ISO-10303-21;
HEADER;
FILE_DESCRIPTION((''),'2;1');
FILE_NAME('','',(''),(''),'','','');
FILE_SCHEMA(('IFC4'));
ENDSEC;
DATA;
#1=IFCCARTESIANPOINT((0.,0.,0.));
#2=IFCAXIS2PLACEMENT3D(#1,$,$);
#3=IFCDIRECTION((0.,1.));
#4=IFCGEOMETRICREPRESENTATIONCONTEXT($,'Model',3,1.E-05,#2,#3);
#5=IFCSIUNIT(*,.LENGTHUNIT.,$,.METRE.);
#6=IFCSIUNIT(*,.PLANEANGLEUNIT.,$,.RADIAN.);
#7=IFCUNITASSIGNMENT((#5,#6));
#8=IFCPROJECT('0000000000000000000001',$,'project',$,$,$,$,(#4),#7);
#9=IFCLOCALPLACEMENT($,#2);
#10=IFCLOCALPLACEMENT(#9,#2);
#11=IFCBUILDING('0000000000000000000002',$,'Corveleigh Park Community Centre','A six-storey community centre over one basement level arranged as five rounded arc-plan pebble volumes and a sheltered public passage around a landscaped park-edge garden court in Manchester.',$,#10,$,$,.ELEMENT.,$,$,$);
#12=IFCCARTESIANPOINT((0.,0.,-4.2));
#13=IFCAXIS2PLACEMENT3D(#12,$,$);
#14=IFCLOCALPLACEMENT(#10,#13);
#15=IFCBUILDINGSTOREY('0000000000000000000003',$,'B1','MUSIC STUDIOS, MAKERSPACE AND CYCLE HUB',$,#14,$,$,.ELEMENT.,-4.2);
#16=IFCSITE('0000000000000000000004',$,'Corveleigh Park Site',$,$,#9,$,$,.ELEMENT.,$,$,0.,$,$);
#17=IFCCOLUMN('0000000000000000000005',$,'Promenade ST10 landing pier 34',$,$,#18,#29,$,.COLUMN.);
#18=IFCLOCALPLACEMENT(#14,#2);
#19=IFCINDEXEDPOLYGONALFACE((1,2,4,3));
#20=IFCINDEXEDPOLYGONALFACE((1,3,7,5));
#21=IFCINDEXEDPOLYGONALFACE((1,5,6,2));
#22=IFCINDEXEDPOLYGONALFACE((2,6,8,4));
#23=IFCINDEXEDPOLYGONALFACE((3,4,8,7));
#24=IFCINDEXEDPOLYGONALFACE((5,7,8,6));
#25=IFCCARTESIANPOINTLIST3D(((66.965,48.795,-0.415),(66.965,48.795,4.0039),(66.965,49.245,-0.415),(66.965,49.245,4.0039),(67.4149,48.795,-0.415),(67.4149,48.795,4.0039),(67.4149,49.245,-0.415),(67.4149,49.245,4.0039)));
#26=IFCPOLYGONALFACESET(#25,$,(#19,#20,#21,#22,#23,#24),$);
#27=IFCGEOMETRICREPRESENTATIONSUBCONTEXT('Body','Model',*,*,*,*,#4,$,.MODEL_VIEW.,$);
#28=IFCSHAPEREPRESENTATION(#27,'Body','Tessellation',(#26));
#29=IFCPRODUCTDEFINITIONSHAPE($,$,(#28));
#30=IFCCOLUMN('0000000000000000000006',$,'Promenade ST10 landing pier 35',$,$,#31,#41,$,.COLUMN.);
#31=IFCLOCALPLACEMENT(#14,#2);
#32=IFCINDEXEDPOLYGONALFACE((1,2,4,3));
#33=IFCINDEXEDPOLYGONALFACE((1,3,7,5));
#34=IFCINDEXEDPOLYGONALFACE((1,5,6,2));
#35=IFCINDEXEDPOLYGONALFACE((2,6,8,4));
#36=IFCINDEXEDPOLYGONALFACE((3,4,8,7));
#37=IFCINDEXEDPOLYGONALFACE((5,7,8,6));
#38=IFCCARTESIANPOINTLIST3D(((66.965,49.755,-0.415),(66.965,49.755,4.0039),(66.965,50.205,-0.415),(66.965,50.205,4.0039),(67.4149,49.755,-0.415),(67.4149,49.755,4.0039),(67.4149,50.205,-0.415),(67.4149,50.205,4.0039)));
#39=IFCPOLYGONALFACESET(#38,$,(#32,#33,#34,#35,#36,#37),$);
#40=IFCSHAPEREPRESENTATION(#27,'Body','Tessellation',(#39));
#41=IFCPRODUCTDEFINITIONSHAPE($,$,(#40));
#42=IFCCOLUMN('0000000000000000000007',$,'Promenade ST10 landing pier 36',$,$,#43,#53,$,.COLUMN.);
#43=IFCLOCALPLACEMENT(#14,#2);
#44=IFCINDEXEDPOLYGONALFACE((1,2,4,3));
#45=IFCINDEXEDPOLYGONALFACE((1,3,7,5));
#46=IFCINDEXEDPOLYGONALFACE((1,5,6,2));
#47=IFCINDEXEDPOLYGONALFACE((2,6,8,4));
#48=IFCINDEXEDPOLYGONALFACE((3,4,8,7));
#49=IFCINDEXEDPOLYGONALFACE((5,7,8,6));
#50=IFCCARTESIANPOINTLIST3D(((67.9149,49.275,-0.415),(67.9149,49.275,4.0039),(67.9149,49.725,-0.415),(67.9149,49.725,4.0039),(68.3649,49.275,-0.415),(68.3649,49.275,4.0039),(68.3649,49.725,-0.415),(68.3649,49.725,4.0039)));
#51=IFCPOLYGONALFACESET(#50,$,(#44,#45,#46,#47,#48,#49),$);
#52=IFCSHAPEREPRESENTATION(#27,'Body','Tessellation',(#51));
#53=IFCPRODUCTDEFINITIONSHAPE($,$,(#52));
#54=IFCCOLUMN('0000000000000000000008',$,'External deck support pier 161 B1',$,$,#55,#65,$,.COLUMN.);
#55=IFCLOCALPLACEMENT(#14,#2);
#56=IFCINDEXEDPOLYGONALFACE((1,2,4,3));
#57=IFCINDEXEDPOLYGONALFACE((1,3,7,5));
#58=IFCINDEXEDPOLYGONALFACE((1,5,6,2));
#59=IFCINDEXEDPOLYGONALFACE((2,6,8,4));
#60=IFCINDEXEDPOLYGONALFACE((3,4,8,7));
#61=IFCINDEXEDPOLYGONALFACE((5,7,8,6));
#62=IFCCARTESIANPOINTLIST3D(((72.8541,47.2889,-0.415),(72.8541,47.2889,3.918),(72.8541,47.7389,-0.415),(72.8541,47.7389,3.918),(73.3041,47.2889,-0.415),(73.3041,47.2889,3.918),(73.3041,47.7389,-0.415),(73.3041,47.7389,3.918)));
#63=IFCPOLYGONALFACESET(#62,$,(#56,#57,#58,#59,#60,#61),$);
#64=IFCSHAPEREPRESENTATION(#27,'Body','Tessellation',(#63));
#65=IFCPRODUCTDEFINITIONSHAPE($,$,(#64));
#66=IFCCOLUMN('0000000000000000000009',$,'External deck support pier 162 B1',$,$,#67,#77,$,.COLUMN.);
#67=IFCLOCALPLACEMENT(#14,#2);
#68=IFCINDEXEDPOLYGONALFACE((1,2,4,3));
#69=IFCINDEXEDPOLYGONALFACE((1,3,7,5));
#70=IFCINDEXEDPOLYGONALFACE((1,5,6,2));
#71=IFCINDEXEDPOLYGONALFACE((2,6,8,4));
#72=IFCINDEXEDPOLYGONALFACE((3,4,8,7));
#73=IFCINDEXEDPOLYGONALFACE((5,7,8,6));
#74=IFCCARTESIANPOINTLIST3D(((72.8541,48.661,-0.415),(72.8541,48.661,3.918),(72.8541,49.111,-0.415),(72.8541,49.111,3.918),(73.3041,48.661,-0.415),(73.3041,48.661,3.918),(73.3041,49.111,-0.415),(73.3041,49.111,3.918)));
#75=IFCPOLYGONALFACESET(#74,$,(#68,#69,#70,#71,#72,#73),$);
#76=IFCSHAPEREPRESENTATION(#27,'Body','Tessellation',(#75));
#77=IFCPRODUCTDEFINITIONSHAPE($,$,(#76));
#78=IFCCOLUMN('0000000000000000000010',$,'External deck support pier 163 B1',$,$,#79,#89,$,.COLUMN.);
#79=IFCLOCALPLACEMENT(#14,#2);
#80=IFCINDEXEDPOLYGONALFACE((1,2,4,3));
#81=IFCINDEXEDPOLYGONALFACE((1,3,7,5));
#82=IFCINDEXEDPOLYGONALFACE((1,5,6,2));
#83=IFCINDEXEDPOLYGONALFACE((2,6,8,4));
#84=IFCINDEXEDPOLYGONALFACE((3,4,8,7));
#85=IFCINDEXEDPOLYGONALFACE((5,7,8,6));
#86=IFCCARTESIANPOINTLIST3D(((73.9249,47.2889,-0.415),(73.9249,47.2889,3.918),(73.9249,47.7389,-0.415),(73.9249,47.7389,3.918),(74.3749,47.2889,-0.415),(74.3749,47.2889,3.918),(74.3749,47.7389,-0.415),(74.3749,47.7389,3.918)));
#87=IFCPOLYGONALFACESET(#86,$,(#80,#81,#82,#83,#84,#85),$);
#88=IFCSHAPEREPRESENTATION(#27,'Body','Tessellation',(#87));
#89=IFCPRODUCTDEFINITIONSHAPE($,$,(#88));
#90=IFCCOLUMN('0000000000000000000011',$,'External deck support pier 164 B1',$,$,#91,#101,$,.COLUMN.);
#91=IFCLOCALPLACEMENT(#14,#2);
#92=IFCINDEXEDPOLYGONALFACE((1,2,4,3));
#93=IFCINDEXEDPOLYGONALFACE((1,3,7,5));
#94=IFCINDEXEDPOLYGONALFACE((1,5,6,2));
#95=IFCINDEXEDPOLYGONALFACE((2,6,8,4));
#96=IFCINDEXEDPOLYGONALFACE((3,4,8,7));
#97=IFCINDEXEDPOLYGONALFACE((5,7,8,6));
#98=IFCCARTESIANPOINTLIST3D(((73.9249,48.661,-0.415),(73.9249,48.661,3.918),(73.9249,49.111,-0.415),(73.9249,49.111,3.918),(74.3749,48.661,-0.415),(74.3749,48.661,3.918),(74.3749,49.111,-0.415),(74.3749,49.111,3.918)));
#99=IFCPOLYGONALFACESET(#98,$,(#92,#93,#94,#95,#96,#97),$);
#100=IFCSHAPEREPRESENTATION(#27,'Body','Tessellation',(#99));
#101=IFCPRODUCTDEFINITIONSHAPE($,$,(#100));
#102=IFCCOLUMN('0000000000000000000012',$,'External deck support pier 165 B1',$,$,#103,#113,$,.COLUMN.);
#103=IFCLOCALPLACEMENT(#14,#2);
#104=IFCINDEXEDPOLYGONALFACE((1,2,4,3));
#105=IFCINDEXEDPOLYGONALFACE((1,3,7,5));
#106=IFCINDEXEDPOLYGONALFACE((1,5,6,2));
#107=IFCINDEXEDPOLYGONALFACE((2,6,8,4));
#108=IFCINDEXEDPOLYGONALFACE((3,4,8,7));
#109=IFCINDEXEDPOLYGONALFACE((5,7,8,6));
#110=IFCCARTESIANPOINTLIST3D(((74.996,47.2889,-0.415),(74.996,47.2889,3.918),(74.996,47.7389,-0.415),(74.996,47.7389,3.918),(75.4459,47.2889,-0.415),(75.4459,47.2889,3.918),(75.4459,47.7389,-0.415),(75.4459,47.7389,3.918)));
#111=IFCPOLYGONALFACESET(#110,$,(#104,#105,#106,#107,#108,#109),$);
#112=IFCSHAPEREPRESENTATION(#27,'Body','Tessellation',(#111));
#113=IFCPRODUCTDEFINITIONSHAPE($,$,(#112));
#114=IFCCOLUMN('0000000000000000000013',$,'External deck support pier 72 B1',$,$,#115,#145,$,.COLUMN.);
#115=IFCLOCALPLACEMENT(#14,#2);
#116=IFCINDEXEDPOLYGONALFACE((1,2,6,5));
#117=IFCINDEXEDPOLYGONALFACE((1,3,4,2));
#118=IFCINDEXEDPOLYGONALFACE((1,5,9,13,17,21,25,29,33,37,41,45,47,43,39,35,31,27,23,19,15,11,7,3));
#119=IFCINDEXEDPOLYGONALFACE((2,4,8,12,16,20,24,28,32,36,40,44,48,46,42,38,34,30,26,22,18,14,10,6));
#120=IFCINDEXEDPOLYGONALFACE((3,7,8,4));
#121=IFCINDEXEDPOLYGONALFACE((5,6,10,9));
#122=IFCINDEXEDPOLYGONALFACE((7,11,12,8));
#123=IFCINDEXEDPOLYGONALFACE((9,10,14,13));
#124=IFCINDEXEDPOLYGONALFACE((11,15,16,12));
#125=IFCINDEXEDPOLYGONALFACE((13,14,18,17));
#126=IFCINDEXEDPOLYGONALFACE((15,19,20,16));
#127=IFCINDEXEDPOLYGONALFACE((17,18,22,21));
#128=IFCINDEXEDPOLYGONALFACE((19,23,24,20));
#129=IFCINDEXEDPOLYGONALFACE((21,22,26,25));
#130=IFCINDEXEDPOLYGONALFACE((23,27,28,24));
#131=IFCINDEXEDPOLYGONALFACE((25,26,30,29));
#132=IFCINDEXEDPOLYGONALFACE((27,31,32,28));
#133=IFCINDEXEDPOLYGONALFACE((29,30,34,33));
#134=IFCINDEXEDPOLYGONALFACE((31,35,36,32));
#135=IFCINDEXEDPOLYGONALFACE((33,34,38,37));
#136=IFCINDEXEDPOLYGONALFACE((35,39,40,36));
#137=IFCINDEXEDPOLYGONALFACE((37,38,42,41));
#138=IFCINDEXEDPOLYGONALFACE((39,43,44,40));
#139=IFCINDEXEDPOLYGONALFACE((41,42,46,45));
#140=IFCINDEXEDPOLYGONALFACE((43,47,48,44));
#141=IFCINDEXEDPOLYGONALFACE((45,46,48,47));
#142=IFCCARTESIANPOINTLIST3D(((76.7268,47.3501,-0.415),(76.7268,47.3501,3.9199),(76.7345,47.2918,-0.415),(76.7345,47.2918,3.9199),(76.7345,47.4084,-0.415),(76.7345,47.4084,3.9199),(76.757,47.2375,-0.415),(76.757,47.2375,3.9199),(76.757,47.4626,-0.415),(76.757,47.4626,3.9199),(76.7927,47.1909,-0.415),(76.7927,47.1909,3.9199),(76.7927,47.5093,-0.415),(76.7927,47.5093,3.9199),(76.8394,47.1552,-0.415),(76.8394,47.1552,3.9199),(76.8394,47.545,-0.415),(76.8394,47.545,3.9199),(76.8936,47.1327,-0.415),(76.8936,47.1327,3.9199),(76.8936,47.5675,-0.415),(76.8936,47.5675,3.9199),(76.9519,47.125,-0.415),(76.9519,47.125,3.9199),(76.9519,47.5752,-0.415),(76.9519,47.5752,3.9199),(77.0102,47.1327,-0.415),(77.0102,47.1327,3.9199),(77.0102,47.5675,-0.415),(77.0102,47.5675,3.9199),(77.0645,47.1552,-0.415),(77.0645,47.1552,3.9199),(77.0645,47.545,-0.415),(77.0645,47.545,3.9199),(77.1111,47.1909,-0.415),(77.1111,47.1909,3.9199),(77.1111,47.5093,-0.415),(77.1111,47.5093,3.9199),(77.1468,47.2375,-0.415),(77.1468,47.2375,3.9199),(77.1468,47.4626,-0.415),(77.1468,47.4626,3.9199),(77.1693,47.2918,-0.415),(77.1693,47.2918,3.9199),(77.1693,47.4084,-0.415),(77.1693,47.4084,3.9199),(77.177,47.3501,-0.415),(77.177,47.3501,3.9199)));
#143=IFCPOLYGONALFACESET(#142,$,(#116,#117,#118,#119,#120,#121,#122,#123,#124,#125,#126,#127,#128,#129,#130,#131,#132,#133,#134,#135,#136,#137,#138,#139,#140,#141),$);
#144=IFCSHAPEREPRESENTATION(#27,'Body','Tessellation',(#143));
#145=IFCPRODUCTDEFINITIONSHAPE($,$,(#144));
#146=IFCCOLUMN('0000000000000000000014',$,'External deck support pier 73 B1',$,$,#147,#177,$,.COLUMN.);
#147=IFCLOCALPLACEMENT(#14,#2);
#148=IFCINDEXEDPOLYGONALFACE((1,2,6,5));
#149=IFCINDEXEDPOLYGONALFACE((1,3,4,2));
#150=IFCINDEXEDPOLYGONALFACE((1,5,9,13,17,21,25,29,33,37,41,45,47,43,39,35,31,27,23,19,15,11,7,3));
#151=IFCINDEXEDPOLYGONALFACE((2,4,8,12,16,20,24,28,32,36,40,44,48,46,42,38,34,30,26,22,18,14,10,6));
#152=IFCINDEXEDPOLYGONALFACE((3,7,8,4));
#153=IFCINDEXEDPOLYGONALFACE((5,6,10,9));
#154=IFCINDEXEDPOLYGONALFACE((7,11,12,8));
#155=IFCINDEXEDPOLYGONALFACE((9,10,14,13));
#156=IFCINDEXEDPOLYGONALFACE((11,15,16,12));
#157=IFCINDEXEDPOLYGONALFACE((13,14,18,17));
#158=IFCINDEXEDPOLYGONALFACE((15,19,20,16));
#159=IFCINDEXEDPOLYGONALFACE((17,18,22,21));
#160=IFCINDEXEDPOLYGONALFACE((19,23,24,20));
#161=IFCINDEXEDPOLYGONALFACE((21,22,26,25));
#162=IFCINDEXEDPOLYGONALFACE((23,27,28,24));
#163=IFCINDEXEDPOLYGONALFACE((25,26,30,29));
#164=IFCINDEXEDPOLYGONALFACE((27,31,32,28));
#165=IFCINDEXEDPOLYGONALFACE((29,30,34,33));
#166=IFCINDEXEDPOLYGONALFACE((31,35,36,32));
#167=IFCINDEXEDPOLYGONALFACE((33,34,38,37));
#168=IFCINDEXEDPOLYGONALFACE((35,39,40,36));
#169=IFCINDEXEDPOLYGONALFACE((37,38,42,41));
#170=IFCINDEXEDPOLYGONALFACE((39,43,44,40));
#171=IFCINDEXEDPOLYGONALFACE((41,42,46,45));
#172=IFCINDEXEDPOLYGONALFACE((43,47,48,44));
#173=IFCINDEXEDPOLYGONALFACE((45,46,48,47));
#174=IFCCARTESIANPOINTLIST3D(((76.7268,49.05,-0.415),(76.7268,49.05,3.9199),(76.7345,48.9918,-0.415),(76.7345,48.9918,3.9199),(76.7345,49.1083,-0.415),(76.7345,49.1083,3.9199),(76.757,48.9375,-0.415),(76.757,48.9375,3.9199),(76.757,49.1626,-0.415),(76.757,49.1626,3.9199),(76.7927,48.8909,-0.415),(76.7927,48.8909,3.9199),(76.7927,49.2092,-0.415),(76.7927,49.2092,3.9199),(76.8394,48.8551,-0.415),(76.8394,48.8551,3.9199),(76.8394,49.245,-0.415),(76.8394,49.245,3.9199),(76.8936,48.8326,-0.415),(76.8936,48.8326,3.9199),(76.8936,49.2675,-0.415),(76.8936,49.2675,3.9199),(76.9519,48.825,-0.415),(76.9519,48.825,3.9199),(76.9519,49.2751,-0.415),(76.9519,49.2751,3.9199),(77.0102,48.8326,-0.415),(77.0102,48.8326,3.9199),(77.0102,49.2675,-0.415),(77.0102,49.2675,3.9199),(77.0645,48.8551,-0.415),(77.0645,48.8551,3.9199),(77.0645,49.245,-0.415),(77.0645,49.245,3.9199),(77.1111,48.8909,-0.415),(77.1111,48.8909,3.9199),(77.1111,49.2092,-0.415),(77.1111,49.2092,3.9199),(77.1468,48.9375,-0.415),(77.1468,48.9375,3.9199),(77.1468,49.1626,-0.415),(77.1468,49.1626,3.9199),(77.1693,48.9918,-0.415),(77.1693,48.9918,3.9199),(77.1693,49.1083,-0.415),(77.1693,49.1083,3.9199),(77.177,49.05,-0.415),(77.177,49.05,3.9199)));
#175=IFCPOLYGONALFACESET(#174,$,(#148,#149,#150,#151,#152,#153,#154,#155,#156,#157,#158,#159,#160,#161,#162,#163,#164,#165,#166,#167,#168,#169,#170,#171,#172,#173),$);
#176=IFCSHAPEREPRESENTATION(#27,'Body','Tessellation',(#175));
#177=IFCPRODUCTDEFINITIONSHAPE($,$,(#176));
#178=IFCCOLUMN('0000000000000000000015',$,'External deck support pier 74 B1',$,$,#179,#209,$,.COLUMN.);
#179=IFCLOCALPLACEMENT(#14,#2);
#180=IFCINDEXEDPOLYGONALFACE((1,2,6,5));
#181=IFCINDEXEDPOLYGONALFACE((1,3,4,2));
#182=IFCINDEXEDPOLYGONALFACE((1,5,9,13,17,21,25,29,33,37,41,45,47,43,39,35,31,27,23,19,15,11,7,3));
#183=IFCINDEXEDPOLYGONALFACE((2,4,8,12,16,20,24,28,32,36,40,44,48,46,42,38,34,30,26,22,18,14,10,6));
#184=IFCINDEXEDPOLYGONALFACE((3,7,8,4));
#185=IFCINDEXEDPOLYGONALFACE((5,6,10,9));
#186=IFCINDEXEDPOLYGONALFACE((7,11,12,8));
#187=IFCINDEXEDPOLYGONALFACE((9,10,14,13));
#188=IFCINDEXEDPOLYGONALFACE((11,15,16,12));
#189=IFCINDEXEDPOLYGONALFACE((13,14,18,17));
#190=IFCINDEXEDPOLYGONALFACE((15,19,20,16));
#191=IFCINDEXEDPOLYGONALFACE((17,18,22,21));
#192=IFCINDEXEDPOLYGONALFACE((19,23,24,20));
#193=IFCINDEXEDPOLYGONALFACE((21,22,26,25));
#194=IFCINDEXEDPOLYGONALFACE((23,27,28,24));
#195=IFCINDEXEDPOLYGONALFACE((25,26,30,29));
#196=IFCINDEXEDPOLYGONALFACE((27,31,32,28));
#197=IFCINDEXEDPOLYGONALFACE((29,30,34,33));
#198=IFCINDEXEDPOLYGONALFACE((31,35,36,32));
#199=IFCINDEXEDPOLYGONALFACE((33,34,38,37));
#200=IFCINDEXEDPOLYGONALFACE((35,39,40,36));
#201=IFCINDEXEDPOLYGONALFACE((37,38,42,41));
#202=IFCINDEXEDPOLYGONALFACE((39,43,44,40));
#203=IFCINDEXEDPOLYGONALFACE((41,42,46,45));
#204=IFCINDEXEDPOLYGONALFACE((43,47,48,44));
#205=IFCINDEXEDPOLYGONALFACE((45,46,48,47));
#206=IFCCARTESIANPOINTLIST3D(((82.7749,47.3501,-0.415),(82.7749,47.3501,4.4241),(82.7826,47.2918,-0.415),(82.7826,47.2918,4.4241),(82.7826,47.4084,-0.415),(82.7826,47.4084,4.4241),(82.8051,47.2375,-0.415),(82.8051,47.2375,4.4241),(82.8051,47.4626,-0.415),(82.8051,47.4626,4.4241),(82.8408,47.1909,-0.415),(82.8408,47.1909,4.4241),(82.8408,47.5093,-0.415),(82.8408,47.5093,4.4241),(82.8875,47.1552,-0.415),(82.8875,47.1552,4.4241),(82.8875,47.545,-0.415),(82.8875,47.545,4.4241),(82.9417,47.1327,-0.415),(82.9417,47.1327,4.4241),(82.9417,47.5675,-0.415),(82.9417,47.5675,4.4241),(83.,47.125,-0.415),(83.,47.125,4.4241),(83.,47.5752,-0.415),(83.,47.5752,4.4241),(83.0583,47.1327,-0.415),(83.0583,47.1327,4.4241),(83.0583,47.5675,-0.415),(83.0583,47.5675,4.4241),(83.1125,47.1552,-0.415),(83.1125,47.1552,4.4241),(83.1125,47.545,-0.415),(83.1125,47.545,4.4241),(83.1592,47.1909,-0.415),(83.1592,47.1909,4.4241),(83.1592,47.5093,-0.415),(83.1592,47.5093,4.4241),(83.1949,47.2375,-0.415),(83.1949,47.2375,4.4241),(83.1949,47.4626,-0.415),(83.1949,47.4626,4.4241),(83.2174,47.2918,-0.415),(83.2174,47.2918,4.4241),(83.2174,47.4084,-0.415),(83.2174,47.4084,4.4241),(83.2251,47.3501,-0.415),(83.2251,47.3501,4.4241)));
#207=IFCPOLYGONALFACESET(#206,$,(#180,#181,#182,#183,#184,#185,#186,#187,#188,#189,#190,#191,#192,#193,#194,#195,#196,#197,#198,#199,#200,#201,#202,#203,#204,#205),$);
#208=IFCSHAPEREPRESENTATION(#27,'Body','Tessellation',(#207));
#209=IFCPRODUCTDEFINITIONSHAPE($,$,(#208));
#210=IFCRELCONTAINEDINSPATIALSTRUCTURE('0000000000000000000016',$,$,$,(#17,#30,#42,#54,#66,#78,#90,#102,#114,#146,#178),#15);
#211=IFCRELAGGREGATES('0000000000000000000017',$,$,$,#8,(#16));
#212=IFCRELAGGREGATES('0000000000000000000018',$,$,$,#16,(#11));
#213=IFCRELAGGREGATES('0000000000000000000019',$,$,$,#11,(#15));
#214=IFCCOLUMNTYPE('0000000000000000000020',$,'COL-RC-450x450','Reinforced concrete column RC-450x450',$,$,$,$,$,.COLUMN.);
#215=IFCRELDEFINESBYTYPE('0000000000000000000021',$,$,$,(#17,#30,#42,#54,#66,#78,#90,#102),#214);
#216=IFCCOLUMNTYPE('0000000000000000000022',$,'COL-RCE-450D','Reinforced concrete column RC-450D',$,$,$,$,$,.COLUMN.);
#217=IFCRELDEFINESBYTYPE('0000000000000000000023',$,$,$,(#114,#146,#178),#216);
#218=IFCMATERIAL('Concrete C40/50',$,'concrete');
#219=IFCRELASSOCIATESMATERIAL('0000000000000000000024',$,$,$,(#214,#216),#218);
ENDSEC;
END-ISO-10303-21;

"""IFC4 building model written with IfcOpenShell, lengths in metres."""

from ifc_helpers import new_model, si_unit, direction, frame, origin, origin_2d, place, context, subcontext, project, spatial, rectangle, circle, extrude, material, material_profile, profile_set, type_object, element, save


model = new_model("IFC4")

# Units and contexts
model_context = context("Model", 3, precision=1e-05, world=origin(), true_north=direction((0.0, 1.0)))
body_context = subcontext(model_context, "Body", "Model", "MODEL_VIEW")
ifc_project = project(units=[si_unit("LENGTHUNIT", "METRE"), si_unit("PLANEANGLEUNIT", "RADIAN")], contexts=[model_context])

# Site, building, storey
site_placement = place(None, origin())
site = spatial("IfcSite", under=ifc_project, at=site_placement, Name="Corveleigh Park Site", CompositionType="ELEMENT", RefElevation=0.0)
building_placement = place(site_placement, origin())
building = spatial("IfcBuilding", under=site, at=building_placement, Name="Corveleigh Park Community Centre", Description="A six-storey community centre over one basement level arranged as five rounded arc-plan pebble volumes and a sheltered public passage around a landscaped park-edge garden court in Manchester.", CompositionType="ELEMENT")
storey_placement = place(building_placement, frame((0.0, 0.0, -4.2)))
storey = spatial("IfcBuildingStorey", under=building, at=storey_placement, Name="B1", Description="MUSIC STUDIOS, MAKERSPACE AND CYCLE HUB", CompositionType="ELEMENT", Elevation=-4.2)

# Shared definitions
ifc_material_1 = material(Name="Concrete C40/50", Category="concrete")

# Columns
ifc_material_profile_1 = material_profile(ifc_material_1, rectangle(XDim=0.45, YDim=0.45, at=origin_2d()), Name="RC-450x450", Category="concrete")
ifc_profile_set_1 = profile_set([ifc_material_profile_1], Name="Concrete C40/50")
column_type_1 = type_object("IfcColumnType", Name="COL-RC-450x450", Description="Reinforced concrete column RC-450x450", PredefinedType="COLUMN", material=ifc_profile_set_1)
for number, where, z_axis, x_axis, name in (
    (1, (67.1899, 49.02, -0.415), (0.0, 0.0, 1.0), (1.0, 0.0, 0.0), "Promenade ST10 landing pier 34"),
    (2, (67.1899, 49.98, -0.415), (0.0, 0.0, 1.0), (1.0, 0.0, 0.0), "Promenade ST10 landing pier 35"),
    (3, (68.1399, 49.5, -0.415), (0.0, 0.0, 1.0), (1.0, 0.0, 0.0), "Promenade ST10 landing pier 36"),
):
    element("IfcColumn", number, at=place(storey_placement, frame(where, z_axis=z_axis, x_axis=x_axis)), inside=storey, type_object=column_type_1, Name=name, PredefinedType="COLUMN", context=body_context, shape_type="SweptSolid", body=[
        extrude(rectangle(XDim=0.45, YDim=0.45, at=origin_2d()), origin(), (0.0, 0.0, 1.0), 4.4189),
    ])
for number, where, z_axis, x_axis, name in (
    (4, (73.0791, 47.5139, -0.415), (0.0, 0.0, 1.0), (1.0, 0.0, 0.0), "External deck support pier 161 B1"),
    (5, (73.0791, 48.886, -0.415), (0.0, 0.0, 1.0), (1.0, 0.0, 0.0), "External deck support pier 162 B1"),
    (6, (74.1499, 47.5139, -0.415), (0.0, 0.0, 1.0), (1.0, 0.0, 0.0), "External deck support pier 163 B1"),
    (7, (74.1499, 48.886, -0.415), (0.0, 0.0, 1.0), (1.0, 0.0, 0.0), "External deck support pier 164 B1"),
    (8, (75.2209, 47.5139, -0.415), (0.0, 0.0, 1.0), (1.0, 0.0, 0.0), "External deck support pier 165 B1"),
):
    element("IfcColumn", number, at=place(storey_placement, frame(where, z_axis=z_axis, x_axis=x_axis)), inside=storey, type_object=column_type_1, Name=name, PredefinedType="COLUMN", context=body_context, shape_type="SweptSolid", body=[
        extrude(rectangle(XDim=0.45, YDim=0.45, at=origin_2d()), origin(), (0.0, 0.0, 1.0), 4.333),
    ])
ifc_material_profile_2 = material_profile(ifc_material_1, circle(Radius=0.2251, at=origin_2d()), Name="RC-450D", Category="concrete")
ifc_profile_set_2 = profile_set([ifc_material_profile_2], Name="Concrete C40/50")
column_type_2 = type_object("IfcColumnType", Name="COL-RCE-450D", Description="Reinforced concrete column RC-450D", PredefinedType="COLUMN", material=ifc_profile_set_2)
for number, where, z_axis, x_axis, name in (
    (9, (76.9519, 47.3501, -0.415), (0.0, 0.0, 1.0), (1.0, 0.0, 0.0), "External deck support pier 72 B1"),
    (10, (76.9519, 49.05, -0.415), (0.0, 0.0, 1.0), (1.0, 0.0, 0.0), "External deck support pier 73 B1"),
):
    element("IfcColumn", number, at=place(storey_placement, frame(where, z_axis=z_axis, x_axis=x_axis)), inside=storey, type_object=column_type_2, Name=name, PredefinedType="COLUMN", context=body_context, shape_type="SweptSolid", body=[
        extrude(circle(Radius=0.2251, at=origin_2d()), origin(), (0.0, 0.0, 1.0), 4.335),
    ])
for number, where, z_axis, x_axis, name in (
    (11, (83.0, 47.3501, -0.415), (0.0, 0.0, 1.0), (1.0, 0.0, 0.0), "External deck support pier 74 B1"),
):
    element("IfcColumn", number, at=place(storey_placement, frame(where, z_axis=z_axis, x_axis=x_axis)), inside=storey, type_object=column_type_2, Name=name, PredefinedType="COLUMN", context=body_context, shape_type="SweptSolid", body=[
        extrude(circle(Radius=0.2251, at=origin_2d()), origin(), (0.0, 0.0, 1.0), 4.8391),
    ])

save(model, "model.ifc")
